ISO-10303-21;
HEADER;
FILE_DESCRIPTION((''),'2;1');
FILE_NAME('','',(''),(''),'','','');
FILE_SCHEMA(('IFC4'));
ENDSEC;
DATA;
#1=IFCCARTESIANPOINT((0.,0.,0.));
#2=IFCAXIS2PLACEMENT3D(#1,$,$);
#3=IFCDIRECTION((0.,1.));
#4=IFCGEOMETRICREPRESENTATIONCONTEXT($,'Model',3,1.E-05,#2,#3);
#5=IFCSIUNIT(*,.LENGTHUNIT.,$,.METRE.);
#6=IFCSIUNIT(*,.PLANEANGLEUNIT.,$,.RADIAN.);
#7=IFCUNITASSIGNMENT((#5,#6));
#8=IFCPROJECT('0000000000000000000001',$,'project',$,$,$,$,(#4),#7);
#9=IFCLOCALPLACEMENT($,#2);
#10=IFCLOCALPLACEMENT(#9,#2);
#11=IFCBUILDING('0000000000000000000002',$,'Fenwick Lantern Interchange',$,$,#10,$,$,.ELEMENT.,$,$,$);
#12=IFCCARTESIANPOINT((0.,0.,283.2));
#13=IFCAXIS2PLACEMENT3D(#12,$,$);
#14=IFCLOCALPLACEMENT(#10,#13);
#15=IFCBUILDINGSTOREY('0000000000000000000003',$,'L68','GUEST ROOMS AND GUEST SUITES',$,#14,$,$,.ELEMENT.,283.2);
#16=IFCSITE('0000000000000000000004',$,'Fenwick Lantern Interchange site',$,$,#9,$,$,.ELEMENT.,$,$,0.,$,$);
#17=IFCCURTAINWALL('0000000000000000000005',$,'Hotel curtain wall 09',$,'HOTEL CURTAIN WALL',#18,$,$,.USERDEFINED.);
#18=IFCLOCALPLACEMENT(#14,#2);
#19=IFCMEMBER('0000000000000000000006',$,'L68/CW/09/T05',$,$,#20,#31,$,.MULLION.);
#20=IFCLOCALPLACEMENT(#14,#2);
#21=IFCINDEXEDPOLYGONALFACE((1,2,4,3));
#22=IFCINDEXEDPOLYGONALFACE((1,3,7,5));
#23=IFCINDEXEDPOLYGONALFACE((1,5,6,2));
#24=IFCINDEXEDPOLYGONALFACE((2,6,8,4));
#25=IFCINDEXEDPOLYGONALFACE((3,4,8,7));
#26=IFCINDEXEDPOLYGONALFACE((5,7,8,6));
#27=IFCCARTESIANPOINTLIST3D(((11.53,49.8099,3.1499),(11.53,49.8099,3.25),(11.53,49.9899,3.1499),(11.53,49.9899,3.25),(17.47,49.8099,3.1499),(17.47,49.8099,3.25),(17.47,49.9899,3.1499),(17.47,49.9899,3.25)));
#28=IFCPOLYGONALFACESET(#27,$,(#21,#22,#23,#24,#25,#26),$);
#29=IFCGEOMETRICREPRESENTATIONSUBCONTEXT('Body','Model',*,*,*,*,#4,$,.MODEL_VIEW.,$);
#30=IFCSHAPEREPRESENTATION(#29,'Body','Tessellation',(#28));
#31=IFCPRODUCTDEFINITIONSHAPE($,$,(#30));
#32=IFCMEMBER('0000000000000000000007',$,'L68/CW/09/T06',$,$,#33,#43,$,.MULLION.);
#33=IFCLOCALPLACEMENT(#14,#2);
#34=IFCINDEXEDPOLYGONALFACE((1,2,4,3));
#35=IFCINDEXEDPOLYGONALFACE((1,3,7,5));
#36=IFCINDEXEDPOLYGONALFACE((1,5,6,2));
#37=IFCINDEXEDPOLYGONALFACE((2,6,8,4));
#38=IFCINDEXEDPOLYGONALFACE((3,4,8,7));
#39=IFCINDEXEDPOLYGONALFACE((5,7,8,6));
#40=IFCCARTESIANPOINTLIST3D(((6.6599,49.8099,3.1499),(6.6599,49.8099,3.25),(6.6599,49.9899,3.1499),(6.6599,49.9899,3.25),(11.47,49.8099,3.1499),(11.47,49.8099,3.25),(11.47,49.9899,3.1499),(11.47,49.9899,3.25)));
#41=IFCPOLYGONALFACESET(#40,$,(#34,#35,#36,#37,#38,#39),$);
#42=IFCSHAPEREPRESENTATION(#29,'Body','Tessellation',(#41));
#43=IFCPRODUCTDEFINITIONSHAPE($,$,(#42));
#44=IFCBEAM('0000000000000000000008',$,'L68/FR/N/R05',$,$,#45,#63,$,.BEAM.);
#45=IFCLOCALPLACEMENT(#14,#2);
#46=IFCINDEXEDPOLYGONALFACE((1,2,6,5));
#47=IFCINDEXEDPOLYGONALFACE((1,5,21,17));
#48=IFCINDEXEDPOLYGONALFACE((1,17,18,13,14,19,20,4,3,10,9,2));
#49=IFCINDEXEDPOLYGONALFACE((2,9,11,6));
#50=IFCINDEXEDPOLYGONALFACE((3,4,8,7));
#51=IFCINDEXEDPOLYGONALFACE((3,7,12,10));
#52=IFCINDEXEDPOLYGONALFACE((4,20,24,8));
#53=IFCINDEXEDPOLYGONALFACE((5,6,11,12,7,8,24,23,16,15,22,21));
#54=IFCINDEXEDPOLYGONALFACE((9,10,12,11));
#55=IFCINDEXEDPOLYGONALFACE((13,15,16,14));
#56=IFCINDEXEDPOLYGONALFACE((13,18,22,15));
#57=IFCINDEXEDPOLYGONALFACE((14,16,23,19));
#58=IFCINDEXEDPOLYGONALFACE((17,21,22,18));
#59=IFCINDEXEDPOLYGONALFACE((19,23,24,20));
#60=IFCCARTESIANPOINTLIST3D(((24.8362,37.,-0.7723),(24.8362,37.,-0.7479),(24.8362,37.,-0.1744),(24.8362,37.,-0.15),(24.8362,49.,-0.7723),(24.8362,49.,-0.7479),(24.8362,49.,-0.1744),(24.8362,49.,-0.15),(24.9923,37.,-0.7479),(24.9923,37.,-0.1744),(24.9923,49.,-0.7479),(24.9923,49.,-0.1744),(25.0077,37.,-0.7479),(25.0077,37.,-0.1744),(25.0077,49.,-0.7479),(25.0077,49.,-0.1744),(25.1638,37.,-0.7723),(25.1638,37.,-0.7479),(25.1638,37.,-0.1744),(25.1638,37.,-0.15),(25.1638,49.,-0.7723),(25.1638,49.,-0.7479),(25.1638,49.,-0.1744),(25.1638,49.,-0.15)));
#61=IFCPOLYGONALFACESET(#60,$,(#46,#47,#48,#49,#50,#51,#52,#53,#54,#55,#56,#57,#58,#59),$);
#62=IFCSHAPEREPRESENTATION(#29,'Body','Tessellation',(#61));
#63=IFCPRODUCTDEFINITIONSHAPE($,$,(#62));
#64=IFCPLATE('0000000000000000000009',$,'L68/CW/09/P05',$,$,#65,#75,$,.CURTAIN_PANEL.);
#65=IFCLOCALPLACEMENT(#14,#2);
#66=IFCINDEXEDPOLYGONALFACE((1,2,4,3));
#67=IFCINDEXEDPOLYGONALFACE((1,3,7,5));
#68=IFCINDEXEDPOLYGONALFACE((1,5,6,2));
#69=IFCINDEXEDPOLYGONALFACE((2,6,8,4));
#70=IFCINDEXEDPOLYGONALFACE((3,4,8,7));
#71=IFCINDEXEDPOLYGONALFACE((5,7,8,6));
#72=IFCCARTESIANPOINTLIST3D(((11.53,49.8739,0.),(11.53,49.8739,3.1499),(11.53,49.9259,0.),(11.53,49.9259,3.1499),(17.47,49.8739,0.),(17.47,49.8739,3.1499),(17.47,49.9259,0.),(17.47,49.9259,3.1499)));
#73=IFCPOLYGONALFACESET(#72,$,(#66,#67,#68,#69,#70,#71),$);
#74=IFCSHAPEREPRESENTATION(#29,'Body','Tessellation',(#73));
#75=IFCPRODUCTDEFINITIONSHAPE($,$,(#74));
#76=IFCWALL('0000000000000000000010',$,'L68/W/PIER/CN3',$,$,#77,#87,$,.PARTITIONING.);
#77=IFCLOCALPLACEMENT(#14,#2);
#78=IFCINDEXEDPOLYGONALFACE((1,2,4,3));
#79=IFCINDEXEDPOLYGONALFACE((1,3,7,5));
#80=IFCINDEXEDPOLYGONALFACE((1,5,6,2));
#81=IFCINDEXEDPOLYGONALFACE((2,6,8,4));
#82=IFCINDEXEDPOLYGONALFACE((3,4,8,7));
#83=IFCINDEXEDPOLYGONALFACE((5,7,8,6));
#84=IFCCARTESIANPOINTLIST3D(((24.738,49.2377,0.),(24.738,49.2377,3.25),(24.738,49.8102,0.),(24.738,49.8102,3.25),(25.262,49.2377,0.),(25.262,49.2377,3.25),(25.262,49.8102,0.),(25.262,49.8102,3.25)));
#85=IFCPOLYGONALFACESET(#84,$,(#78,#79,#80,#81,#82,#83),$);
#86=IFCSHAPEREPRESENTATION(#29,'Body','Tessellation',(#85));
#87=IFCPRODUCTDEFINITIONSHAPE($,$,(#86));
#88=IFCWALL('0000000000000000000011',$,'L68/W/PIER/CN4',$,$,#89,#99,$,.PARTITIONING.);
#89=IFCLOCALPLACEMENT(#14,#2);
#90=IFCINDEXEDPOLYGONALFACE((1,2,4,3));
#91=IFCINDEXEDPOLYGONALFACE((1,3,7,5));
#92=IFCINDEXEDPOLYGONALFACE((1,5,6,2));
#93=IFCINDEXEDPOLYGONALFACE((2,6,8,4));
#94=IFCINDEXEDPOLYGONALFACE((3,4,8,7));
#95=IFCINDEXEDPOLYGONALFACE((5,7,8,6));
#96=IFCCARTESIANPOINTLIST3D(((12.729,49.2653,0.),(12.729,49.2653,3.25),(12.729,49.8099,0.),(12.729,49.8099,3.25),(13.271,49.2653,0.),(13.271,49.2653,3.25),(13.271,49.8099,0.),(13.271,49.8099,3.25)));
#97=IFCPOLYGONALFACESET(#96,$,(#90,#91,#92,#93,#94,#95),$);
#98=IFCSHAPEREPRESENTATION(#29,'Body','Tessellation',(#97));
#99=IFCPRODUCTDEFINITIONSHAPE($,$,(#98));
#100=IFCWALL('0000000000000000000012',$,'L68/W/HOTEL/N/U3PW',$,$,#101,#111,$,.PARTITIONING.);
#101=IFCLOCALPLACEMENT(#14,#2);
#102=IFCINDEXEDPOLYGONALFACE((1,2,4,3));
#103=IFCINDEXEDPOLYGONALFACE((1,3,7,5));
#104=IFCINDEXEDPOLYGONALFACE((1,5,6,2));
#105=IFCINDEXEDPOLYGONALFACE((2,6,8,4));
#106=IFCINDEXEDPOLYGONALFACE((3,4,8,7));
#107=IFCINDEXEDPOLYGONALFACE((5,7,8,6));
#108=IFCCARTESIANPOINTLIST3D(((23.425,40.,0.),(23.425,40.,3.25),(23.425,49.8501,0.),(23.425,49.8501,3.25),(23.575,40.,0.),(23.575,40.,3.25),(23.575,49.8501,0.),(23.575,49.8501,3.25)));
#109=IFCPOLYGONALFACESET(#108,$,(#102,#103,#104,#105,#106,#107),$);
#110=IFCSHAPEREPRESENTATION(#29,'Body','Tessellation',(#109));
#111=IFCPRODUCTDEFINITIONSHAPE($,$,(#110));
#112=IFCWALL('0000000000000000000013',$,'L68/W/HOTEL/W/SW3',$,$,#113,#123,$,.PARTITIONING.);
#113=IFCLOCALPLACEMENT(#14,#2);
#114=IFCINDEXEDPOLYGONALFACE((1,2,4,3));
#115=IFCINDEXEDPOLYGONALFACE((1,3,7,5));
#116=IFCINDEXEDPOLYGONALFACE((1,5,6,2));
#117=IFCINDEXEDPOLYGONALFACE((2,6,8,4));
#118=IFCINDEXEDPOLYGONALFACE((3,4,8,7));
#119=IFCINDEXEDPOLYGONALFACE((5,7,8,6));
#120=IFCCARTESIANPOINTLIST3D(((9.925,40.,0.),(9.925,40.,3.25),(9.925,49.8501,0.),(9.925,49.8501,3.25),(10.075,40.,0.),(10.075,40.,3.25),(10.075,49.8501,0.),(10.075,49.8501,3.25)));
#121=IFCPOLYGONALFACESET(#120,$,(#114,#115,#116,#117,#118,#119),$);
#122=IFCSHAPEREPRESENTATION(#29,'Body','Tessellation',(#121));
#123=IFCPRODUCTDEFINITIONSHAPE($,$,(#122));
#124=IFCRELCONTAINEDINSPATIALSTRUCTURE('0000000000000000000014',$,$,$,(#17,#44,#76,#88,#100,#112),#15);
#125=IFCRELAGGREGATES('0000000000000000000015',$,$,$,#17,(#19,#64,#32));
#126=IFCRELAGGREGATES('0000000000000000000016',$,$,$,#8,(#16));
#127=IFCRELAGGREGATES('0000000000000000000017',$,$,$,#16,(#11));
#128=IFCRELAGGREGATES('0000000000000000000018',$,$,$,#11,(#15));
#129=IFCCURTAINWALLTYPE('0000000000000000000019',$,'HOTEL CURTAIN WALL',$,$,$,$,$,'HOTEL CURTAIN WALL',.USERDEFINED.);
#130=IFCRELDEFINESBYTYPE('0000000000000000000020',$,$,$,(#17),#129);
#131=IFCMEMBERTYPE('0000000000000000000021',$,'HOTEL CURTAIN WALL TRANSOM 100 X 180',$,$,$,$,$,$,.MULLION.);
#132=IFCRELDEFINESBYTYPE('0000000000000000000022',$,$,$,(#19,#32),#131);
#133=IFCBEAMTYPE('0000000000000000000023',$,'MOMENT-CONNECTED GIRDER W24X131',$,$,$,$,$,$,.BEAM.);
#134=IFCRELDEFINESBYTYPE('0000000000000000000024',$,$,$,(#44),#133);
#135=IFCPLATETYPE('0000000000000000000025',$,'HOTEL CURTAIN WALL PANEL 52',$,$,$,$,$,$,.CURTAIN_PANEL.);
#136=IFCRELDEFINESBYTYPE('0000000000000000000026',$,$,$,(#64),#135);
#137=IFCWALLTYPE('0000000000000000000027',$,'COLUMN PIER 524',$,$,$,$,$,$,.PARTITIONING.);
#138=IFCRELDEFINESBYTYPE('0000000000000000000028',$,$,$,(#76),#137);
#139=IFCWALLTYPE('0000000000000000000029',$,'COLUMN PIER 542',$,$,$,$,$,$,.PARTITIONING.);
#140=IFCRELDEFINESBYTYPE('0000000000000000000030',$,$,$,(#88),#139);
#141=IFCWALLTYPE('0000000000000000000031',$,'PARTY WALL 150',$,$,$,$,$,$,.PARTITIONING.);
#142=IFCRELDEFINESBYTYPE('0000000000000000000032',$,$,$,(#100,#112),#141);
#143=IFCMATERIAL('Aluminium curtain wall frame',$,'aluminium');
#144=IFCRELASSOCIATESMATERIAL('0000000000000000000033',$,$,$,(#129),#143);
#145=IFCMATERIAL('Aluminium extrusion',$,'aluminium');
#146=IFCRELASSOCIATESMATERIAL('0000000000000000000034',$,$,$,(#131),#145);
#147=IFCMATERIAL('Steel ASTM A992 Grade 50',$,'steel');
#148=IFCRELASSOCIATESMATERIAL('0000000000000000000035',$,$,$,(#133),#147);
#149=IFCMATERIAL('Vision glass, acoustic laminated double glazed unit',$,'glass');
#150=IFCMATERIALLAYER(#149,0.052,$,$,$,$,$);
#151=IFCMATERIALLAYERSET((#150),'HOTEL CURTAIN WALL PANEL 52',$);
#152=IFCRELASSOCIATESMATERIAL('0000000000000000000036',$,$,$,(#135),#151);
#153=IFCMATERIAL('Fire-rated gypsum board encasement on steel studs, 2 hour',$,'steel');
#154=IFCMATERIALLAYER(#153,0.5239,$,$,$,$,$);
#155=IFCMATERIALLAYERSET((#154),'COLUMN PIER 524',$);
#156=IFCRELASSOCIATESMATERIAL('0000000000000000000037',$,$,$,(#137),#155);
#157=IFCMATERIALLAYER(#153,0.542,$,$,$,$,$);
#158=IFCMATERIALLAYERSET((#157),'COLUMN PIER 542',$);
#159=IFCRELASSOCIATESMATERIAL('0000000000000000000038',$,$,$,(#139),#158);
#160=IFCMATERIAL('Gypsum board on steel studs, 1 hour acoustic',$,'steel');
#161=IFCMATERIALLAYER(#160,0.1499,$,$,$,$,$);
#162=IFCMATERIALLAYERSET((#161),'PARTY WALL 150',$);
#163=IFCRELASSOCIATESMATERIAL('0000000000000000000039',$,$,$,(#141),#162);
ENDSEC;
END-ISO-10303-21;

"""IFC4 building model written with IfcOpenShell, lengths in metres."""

from ifc_helpers import new_model, si_unit, direction, frame, frame_2d, origin, origin_2d, place, context, subcontext, project, spatial, rectangle, i_section, extrude, material, layer, layer_set, material_profile, profile_set, type_object, element, aggregate, save


model = new_model("IFC4")

# Units and contexts
model_context = context("Model", 3, precision=1e-05, world=origin(), true_north=direction((0.0, 1.0)))
body_context = subcontext(model_context, "Body", "Model", "MODEL_VIEW")
ifc_project = project(units=[si_unit("LENGTHUNIT", "METRE"), si_unit("PLANEANGLEUNIT", "RADIAN")], contexts=[model_context])

# Site, building, storey
site_placement = place(None, origin())
site = spatial("IfcSite", under=ifc_project, at=site_placement, Name="Fenwick Lantern Interchange site", CompositionType="ELEMENT", RefElevation=0.0)
building_placement = place(site_placement, origin())
building = spatial("IfcBuilding", under=site, at=building_placement, Name="Fenwick Lantern Interchange", CompositionType="ELEMENT")
storey_placement = place(building_placement, frame((0.0, 0.0, 283.2)))
storey = spatial("IfcBuildingStorey", under=building, at=storey_placement, Name="L68", Description="GUEST ROOMS AND GUEST SUITES", CompositionType="ELEMENT", Elevation=283.2)

# Shared definitions
ifc_material_1 = material(Name="Steel ASTM A992 Grade 50", Category="steel")

# Curtain wall, members
ifc_material_2 = material(Name="Aluminium curtain wall frame", Category="aluminium")
curtain_wall_type = type_object("IfcCurtainWallType", Name="HOTEL CURTAIN WALL", ElementType="HOTEL CURTAIN WALL", PredefinedType="USERDEFINED", material=ifc_material_2)
curtain_wall_placement = place(storey_placement, origin())
curtain_wall = element("IfcCurtainWall", 1, at=curtain_wall_placement, inside=storey, type_object=curtain_wall_type, Name="Hotel curtain wall 09", ObjectType="HOTEL CURTAIN WALL", PredefinedType="USERDEFINED")
ifc_material_3 = material(Name="Aluminium extrusion", Category="aluminium")
ifc_material_profile_1 = material_profile(ifc_material_3, rectangle(XDim=0.1799, YDim=0.1001, at=origin_2d()), Name="HOTEL CURTAIN WALL TRANSOM 100 X 180")
ifc_profile_set_1 = profile_set([ifc_material_profile_1], Name="Aluminium extrusion")
member_type_1 = type_object("IfcMemberType", Name="HOTEL CURTAIN WALL TRANSOM 100 X 180", PredefinedType="MULLION", material=ifc_profile_set_1)
member_1_placement = place(storey_placement, frame((17.47, 49.8999, 3.2), z_axis=(-1.0, 0.0, 0.0), x_axis=(0.0, -1.0, 0.0)))
member_1 = element("IfcMember", 2, at=member_1_placement, type_object=member_type_1, Name="L68/CW/09/T05", PredefinedType="MULLION", context=body_context, shape_type="SweptSolid", body=[
    extrude(rectangle(XDim=0.1799, YDim=0.1001, at=origin_2d()), origin(), (0.0, 0.0, 1.0), 5.9399),
])
member_2_placement = place(storey_placement, frame((11.47, 49.8999, 3.2), z_axis=(-1.0, 0.0, 0.0), x_axis=(0.0, -1.0, 0.0)))
member_2 = element("IfcMember", 3, at=member_2_placement, type_object=member_type_1, Name="L68/CW/09/T06", PredefinedType="MULLION", context=body_context, shape_type="SweptSolid", body=[
    extrude(rectangle(XDim=0.1799, YDim=0.1001, at=origin_2d()), origin(), (0.0, 0.0, 1.0), 4.8101),
])

# Beam
ifc_material_profile_2 = material_profile(ifc_material_1, i_section(OverallWidth=0.3276, OverallDepth=0.6223, WebThickness=0.0154, FlangeThickness=0.0244, at=origin_2d()), Name="W24X131")
ifc_profile_set_2 = profile_set([ifc_material_profile_2], Name="Steel ASTM A992 Grade 50")
beam_type_1 = type_object("IfcBeamType", Name="MOMENT-CONNECTED GIRDER W24X131", PredefinedType="BEAM", material=ifc_profile_set_2)
beam_1_placement = place(storey_placement, frame((25.0, 49.0, -0.4612), z_axis=(0.0, -1.0, 0.0), x_axis=(1.0, 0.0, 0.0)))
element("IfcBeam", 4, at=beam_1_placement, inside=storey, type_object=beam_type_1, Name="L68/FR/N/R05", PredefinedType="BEAM", context=body_context, shape_type="SweptSolid", body=[
    extrude(i_section(OverallWidth=0.3276, OverallDepth=0.6223, WebThickness=0.0154, FlangeThickness=0.0244, at=origin_2d()), origin(), (0.0, 0.0, 1.0), 12.0),
])

# Plate
ifc_material_4 = material(Name="Vision glass, acoustic laminated double glazed unit", Category="glass")
ifc_layer_1 = layer(ifc_material_4, 0.052)
ifc_layer_set_1 = layer_set([ifc_layer_1], Name="HOTEL CURTAIN WALL PANEL 52")
plate_type = type_object("IfcPlateType", Name="HOTEL CURTAIN WALL PANEL 52", PredefinedType="CURTAIN_PANEL", material=ifc_layer_set_1)
plate_placement = place(storey_placement, frame((14.5, 49.8999, 0.0), z_axis=(0.0, 0.0, 1.0), x_axis=(-1.0, 0.0, 0.0)))
plate = element("IfcPlate", 5, at=plate_placement, type_object=plate_type, Name="L68/CW/09/P05", PredefinedType="CURTAIN_PANEL", context=body_context, shape_type="SweptSolid", body=[
    extrude(rectangle(XDim=5.9399, YDim=0.052, at=origin_2d()), origin(), (0.0, 0.0, 1.0), 3.1499),
])
aggregate(curtain_wall, [member_1, plate, member_2])

# Walls
ifc_material_5 = material(Name="Fire-rated gypsum board encasement on steel studs, 2 hour", Category="steel")
ifc_layer_2 = layer(ifc_material_5, 0.5239)
ifc_layer_set_2 = layer_set([ifc_layer_2], Name="COLUMN PIER 524")
wall_type_1 = type_object("IfcWallType", Name="COLUMN PIER 524", PredefinedType="PARTITIONING", material=ifc_layer_set_2)
wall_1_placement = place(storey_placement, frame((25.0, 49.8101, 0.0), z_axis=(0.0, 0.0, 1.0), x_axis=(0.0, -1.0, 0.0)))
element("IfcWall", 6, at=wall_1_placement, inside=storey, type_object=wall_type_1, Name="L68/W/PIER/CN3", PredefinedType="PARTITIONING", context=body_context, shape_type="SweptSolid", body=[
    extrude(rectangle(XDim=0.5725, YDim=0.5239, at=frame_2d((0.2861, 0.0))), origin(), (0.0, 0.0, 1.0), 3.25),
])
ifc_layer_3 = layer(ifc_material_5, 0.542)
ifc_layer_set_3 = layer_set([ifc_layer_3], Name="COLUMN PIER 542")
wall_type_2 = type_object("IfcWallType", Name="COLUMN PIER 542", PredefinedType="PARTITIONING", material=ifc_layer_set_3)
wall_2_placement = place(storey_placement, frame((13.0, 49.8101, 0.0), z_axis=(0.0, 0.0, 1.0), x_axis=(0.0, -1.0, 0.0)))
element("IfcWall", 7, at=wall_2_placement, inside=storey, type_object=wall_type_2, Name="L68/W/PIER/CN4", PredefinedType="PARTITIONING", context=body_context, shape_type="SweptSolid", body=[
    extrude(rectangle(XDim=0.5447, YDim=0.542, at=frame_2d((0.2725, 0.0))), origin(), (0.0, 0.0, 1.0), 3.25),
])
ifc_material_6 = material(Name="Gypsum board on steel studs, 1 hour acoustic", Category="steel")
ifc_layer_4 = layer(ifc_material_6, 0.1499)
ifc_layer_set_4 = layer_set([ifc_layer_4], Name="PARTY WALL 150")
wall_type_3 = type_object("IfcWallType", Name="PARTY WALL 150", PredefinedType="PARTITIONING", material=ifc_layer_set_4)
for number, where, z_axis, x_axis, name in (
    (8, (23.5, 49.8501, 0.0), (0.0, 0.0, 1.0), (0.0, -1.0, 0.0), "L68/W/HOTEL/N/U3PW"),
    (9, (10.0, 49.8501, 0.0), (0.0, 0.0, 1.0), (0.0, -1.0, 0.0), "L68/W/HOTEL/W/SW3"),
):
    element("IfcWall", number, at=place(storey_placement, frame(where, z_axis=z_axis, x_axis=x_axis)), inside=storey, type_object=wall_type_3, Name=name, PredefinedType="PARTITIONING", context=body_context, shape_type="SweptSolid", body=[
        extrude(rectangle(XDim=9.8501, YDim=0.1499, at=frame_2d((4.925, 0.0))), origin(), (0.0, 0.0, 1.0), 3.25),
    ])

save(model, "model.ifc")
